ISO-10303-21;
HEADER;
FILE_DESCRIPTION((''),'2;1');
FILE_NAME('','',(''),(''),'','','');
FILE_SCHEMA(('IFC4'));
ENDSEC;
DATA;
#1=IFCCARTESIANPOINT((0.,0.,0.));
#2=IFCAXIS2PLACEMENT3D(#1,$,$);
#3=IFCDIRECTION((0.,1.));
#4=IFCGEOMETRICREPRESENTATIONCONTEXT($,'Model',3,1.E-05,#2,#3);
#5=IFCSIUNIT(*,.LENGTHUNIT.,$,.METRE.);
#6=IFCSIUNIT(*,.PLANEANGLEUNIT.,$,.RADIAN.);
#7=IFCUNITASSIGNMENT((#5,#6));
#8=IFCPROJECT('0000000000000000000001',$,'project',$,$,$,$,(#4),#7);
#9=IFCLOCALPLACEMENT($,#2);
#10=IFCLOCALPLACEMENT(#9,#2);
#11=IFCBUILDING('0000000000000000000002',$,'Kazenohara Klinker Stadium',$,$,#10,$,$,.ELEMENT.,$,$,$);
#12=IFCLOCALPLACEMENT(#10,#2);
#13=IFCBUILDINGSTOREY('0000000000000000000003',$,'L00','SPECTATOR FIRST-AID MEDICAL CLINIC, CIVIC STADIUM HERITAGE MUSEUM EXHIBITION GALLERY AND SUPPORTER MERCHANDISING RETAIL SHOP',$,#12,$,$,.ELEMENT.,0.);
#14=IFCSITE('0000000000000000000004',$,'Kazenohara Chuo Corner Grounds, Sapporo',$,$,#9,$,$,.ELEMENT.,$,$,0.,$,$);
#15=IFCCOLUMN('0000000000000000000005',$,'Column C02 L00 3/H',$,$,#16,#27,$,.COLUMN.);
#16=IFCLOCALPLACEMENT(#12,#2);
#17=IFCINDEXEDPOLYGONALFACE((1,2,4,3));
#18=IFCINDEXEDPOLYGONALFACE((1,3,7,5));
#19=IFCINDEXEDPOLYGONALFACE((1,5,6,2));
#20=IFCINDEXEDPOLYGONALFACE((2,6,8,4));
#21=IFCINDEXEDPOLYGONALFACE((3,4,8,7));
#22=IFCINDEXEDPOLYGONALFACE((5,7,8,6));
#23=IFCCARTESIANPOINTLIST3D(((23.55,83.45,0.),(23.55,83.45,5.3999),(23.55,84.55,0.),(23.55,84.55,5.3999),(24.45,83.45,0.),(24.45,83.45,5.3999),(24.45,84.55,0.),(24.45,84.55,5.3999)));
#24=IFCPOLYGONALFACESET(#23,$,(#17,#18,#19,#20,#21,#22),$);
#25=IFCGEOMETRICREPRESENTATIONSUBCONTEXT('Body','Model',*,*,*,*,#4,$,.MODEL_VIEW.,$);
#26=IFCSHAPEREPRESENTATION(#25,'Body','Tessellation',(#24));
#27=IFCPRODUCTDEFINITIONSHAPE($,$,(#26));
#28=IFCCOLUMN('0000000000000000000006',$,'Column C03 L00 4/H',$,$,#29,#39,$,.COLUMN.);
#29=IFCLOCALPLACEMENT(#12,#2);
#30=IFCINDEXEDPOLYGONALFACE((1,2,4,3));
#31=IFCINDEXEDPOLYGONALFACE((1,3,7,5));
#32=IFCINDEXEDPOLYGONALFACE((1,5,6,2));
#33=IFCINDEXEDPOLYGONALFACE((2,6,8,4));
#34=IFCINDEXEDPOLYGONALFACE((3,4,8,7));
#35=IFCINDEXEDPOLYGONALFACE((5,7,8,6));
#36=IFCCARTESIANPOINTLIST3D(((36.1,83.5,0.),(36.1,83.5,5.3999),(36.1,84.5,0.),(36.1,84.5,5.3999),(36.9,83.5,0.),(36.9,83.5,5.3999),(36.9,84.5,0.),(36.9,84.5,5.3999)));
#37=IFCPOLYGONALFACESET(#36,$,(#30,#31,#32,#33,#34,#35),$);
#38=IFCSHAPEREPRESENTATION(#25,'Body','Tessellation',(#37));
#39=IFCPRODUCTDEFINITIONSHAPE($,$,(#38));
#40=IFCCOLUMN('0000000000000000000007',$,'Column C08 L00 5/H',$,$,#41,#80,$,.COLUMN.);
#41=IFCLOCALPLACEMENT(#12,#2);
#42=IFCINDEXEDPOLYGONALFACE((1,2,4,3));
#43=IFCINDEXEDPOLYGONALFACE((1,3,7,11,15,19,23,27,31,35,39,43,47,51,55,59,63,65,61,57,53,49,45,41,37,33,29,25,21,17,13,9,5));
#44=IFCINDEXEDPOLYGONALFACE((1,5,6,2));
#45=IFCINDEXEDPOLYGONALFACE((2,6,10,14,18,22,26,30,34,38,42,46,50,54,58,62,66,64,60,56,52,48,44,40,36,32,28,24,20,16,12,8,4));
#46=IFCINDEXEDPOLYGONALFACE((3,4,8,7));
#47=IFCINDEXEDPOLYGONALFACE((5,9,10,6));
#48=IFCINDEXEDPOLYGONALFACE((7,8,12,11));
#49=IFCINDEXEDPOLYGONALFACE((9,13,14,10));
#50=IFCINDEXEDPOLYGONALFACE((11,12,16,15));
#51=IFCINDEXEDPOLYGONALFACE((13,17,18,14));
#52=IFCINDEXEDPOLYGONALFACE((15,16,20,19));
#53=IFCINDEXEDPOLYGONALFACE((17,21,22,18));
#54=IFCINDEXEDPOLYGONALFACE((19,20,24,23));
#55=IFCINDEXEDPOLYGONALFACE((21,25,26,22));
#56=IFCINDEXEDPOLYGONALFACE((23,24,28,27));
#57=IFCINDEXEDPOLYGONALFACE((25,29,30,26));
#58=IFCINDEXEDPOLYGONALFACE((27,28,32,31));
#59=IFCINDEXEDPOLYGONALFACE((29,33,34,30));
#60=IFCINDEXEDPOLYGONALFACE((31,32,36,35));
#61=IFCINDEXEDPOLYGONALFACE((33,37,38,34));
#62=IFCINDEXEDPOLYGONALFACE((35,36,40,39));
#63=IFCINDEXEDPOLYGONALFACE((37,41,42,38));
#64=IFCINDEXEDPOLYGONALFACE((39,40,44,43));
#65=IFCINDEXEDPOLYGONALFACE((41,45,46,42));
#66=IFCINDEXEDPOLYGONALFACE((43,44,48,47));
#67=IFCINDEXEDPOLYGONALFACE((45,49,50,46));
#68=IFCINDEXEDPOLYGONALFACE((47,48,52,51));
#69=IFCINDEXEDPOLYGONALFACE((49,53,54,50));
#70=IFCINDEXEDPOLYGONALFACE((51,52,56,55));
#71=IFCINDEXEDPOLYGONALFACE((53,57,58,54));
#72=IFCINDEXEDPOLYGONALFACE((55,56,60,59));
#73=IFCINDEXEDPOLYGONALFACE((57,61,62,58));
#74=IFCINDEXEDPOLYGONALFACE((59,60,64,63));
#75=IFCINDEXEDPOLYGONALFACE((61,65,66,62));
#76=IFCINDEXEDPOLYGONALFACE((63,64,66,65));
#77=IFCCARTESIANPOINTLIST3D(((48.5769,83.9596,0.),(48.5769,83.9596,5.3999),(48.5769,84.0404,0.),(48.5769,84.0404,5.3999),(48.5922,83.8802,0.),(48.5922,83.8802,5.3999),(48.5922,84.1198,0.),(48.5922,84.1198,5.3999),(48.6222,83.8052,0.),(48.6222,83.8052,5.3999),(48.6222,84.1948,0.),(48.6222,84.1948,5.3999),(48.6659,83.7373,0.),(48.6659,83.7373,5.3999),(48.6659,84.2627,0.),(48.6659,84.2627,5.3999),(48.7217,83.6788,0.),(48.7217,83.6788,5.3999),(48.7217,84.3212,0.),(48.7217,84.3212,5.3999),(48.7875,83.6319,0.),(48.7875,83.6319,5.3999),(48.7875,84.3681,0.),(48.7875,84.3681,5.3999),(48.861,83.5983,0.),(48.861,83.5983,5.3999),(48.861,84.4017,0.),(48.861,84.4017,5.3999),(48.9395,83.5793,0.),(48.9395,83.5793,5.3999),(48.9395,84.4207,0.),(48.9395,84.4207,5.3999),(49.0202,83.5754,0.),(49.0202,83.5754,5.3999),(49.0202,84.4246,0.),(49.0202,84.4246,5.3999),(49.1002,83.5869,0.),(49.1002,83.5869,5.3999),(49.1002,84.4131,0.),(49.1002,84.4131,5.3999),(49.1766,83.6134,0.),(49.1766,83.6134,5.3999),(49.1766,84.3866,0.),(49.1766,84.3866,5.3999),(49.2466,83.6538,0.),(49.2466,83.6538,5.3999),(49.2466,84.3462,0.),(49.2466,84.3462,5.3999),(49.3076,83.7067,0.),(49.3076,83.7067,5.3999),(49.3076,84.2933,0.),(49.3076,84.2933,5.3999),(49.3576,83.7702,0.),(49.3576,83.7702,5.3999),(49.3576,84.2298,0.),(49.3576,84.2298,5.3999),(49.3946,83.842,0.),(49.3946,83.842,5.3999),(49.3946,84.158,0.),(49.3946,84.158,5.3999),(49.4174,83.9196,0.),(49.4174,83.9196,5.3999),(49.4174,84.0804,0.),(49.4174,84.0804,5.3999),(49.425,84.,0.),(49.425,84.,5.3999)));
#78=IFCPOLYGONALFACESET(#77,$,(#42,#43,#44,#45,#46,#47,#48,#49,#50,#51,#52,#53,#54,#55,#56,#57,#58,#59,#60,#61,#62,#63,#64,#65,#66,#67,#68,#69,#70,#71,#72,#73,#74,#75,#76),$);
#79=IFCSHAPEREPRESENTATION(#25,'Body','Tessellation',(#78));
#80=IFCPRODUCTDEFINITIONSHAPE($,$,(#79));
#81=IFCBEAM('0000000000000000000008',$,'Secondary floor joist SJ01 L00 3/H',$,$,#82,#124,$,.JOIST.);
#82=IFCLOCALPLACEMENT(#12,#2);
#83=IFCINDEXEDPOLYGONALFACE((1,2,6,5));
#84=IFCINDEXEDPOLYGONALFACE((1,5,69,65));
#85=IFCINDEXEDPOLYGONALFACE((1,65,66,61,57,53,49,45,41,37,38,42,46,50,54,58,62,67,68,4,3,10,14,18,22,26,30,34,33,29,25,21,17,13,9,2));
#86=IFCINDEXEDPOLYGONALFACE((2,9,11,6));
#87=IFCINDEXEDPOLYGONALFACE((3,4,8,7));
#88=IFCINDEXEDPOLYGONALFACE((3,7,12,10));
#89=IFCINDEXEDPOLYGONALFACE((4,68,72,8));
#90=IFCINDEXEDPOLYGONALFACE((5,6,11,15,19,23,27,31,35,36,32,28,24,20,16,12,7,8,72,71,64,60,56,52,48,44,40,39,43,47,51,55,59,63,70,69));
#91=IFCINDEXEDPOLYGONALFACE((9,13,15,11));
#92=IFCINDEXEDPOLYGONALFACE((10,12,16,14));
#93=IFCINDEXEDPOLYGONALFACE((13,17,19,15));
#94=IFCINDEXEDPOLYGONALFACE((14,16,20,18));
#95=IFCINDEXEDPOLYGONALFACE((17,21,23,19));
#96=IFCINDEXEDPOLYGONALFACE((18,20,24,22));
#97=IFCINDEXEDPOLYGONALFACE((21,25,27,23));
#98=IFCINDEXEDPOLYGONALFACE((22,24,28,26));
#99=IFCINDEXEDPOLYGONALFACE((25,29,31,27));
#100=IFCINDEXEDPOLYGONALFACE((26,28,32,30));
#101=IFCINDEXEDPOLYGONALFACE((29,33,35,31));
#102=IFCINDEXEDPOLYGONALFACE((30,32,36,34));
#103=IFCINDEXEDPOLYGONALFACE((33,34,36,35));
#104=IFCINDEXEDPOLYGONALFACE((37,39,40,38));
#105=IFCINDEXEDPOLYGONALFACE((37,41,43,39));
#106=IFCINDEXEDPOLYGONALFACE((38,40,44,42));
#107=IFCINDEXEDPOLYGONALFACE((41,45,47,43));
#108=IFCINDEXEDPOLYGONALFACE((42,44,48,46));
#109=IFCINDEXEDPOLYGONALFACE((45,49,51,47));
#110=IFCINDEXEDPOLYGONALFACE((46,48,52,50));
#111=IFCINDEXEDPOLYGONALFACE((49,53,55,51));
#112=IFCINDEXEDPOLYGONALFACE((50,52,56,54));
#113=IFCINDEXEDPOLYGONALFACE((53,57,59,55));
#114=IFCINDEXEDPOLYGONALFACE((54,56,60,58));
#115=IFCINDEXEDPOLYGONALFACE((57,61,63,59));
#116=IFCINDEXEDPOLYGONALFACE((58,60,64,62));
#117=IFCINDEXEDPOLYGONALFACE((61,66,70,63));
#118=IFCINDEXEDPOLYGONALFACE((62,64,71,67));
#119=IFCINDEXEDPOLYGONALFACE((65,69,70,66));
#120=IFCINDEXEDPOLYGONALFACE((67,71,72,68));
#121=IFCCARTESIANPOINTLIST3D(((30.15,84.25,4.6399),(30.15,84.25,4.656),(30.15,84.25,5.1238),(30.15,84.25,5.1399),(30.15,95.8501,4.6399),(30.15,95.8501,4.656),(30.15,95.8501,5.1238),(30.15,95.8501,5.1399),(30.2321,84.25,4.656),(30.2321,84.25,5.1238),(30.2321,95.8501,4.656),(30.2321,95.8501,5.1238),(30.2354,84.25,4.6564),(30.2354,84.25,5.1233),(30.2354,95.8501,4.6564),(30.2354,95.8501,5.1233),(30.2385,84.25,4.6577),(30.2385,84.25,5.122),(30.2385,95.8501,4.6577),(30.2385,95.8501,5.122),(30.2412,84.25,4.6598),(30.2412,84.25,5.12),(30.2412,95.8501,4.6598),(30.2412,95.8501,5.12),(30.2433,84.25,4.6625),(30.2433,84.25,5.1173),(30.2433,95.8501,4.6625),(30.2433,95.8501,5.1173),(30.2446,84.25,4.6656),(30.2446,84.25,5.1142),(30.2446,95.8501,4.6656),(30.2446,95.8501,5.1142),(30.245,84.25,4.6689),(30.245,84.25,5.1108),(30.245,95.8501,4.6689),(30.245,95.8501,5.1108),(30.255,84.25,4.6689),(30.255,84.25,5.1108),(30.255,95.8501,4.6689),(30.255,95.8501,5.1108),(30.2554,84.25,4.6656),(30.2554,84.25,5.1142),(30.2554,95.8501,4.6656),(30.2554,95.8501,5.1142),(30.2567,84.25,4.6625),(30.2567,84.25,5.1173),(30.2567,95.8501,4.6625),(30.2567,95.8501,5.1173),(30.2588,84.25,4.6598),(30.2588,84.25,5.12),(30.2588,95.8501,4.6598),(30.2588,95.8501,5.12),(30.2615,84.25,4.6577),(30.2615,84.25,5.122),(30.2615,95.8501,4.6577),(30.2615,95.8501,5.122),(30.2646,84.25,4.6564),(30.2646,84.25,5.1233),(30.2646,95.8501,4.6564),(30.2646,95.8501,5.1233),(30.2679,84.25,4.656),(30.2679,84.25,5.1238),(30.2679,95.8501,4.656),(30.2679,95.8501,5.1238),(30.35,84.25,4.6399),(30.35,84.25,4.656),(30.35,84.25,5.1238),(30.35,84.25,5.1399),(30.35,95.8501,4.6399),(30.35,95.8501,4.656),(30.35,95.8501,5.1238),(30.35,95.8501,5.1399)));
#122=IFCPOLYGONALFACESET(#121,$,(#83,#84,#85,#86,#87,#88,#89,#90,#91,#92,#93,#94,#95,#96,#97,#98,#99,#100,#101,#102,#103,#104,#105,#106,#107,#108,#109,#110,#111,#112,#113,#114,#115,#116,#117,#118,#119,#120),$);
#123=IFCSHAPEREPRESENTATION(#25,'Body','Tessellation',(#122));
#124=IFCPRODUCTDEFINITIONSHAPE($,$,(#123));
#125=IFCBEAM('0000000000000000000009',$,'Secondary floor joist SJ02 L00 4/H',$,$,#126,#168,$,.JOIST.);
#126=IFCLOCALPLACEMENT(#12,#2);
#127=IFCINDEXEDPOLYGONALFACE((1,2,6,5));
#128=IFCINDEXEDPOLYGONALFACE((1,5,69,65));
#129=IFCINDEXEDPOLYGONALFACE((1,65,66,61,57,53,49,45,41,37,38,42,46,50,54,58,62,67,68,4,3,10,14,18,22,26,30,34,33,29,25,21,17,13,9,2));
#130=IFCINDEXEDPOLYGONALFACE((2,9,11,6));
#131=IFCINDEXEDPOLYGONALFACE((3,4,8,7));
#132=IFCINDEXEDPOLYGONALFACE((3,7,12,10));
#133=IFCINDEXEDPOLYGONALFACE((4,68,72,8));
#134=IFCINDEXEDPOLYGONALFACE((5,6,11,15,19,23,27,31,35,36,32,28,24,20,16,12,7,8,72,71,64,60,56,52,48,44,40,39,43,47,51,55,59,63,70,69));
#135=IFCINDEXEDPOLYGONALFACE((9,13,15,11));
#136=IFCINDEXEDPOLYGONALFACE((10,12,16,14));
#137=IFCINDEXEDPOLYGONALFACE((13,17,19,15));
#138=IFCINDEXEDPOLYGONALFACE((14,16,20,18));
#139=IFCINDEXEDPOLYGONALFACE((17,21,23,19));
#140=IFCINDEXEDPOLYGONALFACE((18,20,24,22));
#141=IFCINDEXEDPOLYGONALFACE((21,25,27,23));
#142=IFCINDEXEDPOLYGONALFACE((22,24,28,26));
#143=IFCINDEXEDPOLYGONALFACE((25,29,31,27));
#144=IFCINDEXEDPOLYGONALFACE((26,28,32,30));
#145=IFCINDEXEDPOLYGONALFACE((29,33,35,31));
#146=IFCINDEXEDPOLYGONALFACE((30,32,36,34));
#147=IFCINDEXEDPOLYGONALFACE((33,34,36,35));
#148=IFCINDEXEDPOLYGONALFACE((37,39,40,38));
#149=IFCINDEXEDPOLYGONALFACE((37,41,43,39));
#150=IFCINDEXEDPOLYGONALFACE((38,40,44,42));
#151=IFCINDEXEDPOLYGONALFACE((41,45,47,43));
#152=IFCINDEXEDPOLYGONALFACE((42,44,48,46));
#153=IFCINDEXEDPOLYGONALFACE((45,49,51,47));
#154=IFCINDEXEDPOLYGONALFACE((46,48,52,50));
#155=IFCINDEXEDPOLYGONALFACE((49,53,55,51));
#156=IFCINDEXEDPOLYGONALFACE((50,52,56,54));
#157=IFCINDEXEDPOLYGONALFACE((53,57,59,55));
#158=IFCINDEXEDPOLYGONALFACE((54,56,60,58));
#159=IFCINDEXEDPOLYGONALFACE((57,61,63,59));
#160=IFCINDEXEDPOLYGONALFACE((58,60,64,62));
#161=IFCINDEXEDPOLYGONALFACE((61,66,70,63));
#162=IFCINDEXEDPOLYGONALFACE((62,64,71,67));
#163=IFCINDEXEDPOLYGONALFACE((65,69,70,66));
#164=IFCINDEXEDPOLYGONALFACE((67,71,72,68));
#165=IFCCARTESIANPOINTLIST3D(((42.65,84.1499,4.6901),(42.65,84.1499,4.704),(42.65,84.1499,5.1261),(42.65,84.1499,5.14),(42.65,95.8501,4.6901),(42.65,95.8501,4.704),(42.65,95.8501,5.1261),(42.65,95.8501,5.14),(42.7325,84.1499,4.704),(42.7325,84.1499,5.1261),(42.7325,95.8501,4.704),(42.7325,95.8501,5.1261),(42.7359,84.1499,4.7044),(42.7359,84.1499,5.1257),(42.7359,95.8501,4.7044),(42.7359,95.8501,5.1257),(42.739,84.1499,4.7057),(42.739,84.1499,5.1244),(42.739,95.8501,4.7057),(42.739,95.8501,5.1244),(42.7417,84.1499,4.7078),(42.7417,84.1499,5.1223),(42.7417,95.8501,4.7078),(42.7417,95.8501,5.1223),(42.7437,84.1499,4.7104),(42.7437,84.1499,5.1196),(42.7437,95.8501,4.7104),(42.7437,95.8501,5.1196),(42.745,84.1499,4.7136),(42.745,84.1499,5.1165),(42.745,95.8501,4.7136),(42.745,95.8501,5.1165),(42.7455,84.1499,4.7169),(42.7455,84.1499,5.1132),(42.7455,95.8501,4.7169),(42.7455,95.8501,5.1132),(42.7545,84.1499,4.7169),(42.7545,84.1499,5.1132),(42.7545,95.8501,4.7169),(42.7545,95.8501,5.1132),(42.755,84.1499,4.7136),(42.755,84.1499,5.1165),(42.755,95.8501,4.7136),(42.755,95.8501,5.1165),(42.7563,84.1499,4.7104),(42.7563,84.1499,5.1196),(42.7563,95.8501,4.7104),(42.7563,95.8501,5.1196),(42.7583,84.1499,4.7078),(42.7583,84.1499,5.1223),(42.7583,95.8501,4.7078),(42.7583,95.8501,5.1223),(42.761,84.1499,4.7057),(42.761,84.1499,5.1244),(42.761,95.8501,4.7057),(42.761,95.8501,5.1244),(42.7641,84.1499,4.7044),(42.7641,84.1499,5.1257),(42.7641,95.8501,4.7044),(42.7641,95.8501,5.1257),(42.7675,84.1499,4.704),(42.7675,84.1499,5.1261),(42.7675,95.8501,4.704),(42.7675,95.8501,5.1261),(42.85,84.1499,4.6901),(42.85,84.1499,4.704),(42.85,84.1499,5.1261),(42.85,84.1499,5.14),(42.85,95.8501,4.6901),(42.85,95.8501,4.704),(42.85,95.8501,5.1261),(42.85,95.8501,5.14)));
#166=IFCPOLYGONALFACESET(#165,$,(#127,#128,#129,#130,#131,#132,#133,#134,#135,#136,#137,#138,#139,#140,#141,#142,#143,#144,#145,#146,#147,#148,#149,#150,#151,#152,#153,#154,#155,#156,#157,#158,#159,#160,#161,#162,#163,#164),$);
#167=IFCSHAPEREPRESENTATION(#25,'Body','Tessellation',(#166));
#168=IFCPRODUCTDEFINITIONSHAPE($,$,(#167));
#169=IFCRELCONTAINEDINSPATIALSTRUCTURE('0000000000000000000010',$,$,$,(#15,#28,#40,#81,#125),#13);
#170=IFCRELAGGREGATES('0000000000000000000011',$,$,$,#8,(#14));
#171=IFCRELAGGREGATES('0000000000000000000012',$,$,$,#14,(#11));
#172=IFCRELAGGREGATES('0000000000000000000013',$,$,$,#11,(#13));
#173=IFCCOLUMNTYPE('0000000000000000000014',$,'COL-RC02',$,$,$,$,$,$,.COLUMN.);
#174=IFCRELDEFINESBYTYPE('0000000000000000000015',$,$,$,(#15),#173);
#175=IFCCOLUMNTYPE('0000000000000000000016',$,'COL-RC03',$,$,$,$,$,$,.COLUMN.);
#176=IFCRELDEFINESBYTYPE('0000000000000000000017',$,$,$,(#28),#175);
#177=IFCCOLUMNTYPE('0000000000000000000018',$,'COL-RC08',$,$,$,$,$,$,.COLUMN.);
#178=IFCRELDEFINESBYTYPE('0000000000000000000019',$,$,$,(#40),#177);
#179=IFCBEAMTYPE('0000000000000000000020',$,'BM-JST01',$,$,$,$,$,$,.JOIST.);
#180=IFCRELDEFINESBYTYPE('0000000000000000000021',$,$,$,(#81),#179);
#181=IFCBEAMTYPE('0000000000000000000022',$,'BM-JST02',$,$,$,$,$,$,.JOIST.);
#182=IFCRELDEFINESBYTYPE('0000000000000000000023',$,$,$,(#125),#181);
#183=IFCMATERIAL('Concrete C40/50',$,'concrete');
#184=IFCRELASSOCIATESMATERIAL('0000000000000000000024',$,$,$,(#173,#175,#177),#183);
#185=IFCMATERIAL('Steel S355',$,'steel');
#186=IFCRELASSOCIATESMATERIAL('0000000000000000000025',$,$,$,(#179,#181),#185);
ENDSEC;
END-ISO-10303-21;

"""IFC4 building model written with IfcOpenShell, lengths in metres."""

from ifc_helpers import new_model, si_unit, direction, frame, origin, origin_2d, place, context, subcontext, project, spatial, rectangle, circle, i_section, extrude, material, material_profile, profile_set, type_object, element, save


model = new_model("IFC4")

# Units and contexts
model_context = context("Model", 3, precision=1e-05, world=origin(), true_north=direction((0.0, 1.0)))
body_context = subcontext(model_context, "Body", "Model", "MODEL_VIEW")
ifc_project = project(units=[si_unit("LENGTHUNIT", "METRE"), si_unit("PLANEANGLEUNIT", "RADIAN")], contexts=[model_context])

# Site, building, storey
site_placement = place(None, origin())
site = spatial("IfcSite", under=ifc_project, at=site_placement, Name="Kazenohara Chuo Corner Grounds, Sapporo", CompositionType="ELEMENT", RefElevation=0.0)
building_placement = place(site_placement, origin())
building = spatial("IfcBuilding", under=site, at=building_placement, Name="Kazenohara Klinker Stadium", CompositionType="ELEMENT")
storey_placement = place(building_placement, origin())
storey = spatial("IfcBuildingStorey", under=building, at=storey_placement, Name="L00", Description="SPECTATOR FIRST-AID MEDICAL CLINIC, CIVIC STADIUM HERITAGE MUSEUM EXHIBITION GALLERY AND SUPPORTER MERCHANDISING RETAIL SHOP", CompositionType="ELEMENT", Elevation=0.0)

# Columns
ifc_material_1 = material(Name="Concrete C40/50", Category="concrete")
ifc_material_profile_1 = material_profile(ifc_material_1, rectangle(XDim=0.8999, YDim=1.1001, at=origin_2d()), Name="RC-COL-1100x900")
ifc_profile_set_1 = profile_set([ifc_material_profile_1], Name="Concrete C40/50")
column_type_1 = type_object("IfcColumnType", Name="COL-RC02", PredefinedType="COLUMN", material=ifc_profile_set_1)
column_1_placement = place(storey_placement, frame((24.0, 84.0, 0.0), z_axis=(0.0, 0.0, 1.0), x_axis=(1.0, 0.0, 0.0)))
element("IfcColumn", 1, at=column_1_placement, inside=storey, type_object=column_type_1, Name="Column C02 L00 3/H", PredefinedType="COLUMN", context=body_context, shape_type="SweptSolid", body=[
    extrude(rectangle(XDim=0.8999, YDim=1.1001, at=origin_2d()), origin(), (0.0, 0.0, 1.0), 5.3999),
])
ifc_material_profile_2 = material_profile(ifc_material_1, rectangle(XDim=0.8, YDim=1.0, at=origin_2d()), Name="RC-COL-1000x800")
ifc_profile_set_2 = profile_set([ifc_material_profile_2], Name="Concrete C40/50")
column_type_2 = type_object("IfcColumnType", Name="COL-RC03", PredefinedType="COLUMN", material=ifc_profile_set_2)
column_2_placement = place(storey_placement, frame((36.5, 84.0, 0.0), z_axis=(0.0, 0.0, 1.0), x_axis=(1.0, 0.0, 0.0)))
element("IfcColumn", 2, at=column_2_placement, inside=storey, type_object=column_type_2, Name="Column C03 L00 4/H", PredefinedType="COLUMN", context=body_context, shape_type="SweptSolid", body=[
    extrude(rectangle(XDim=0.8, YDim=1.0, at=origin_2d()), origin(), (0.0, 0.0, 1.0), 5.3999),
])
ifc_material_profile_3 = material_profile(ifc_material_1, circle(Radius=0.425, at=origin_2d()), Name="RC-COL-D850")
ifc_profile_set_3 = profile_set([ifc_material_profile_3], Name="Concrete C40/50")
column_type_3 = type_object("IfcColumnType", Name="COL-RC08", PredefinedType="COLUMN", material=ifc_profile_set_3)
column_3_placement = place(storey_placement, frame((49.0, 84.0, 0.0), z_axis=(0.0, 0.0, 1.0), x_axis=(1.0, 0.0, 0.0)))
element("IfcColumn", 3, at=column_3_placement, inside=storey, type_object=column_type_3, Name="Column C08 L00 5/H", PredefinedType="COLUMN", context=body_context, shape_type="SweptSolid", body=[
    extrude(circle(Radius=0.425, at=origin_2d()), origin(), (0.0, 0.0, 1.0), 5.3999),
])

# Beams
ifc_material_2 = material(Name="Steel S355", Category="steel")
ifc_material_profile_4 = material_profile(ifc_material_2, i_section(OverallWidth=0.2, OverallDepth=0.5, WebThickness=0.01, FlangeThickness=0.0161, FilletRadius=0.0129, at=origin_2d()), Name="H-500x200x10x16")
ifc_profile_set_4 = profile_set([ifc_material_profile_4], Name="Steel S355")
beam_type_1 = type_object("IfcBeamType", Name="BM-JST01", PredefinedType="JOIST", material=ifc_profile_set_4)
beam_1_placement = place(storey_placement, frame((30.25, 84.25, 4.8899), z_axis=(0.0, 1.0, 0.0), x_axis=(-1.0, 0.0, 0.0)))
element("IfcBeam", 4, at=beam_1_placement, inside=storey, type_object=beam_type_1, Name="Secondary floor joist SJ01 L00 3/H", PredefinedType="JOIST", context=body_context, shape_type="SweptSolid", body=[
    extrude(i_section(OverallWidth=0.2, OverallDepth=0.5, WebThickness=0.01, FlangeThickness=0.0161, FilletRadius=0.0129, at=origin_2d()), origin(), (0.0, 0.0, 1.0), 11.6001),
])
ifc_material_profile_5 = material_profile(ifc_material_2, i_section(OverallWidth=0.2, OverallDepth=0.45, WebThickness=0.009, FlangeThickness=0.0139, FilletRadius=0.0129, at=origin_2d()), Name="H-450x200x9x14")
ifc_profile_set_5 = profile_set([ifc_material_profile_5], Name="Steel S355")
beam_type_2 = type_object("IfcBeamType", Name="BM-JST02", PredefinedType="JOIST", material=ifc_profile_set_5)
beam_2_placement = place(storey_placement, frame((42.75, 84.1499, 4.915), z_axis=(0.0, 1.0, 0.0), x_axis=(-1.0, 0.0, 0.0)))
element("IfcBeam", 5, at=beam_2_placement, inside=storey, type_object=beam_type_2, Name="Secondary floor joist SJ02 L00 4/H", PredefinedType="JOIST", context=body_context, shape_type="SweptSolid", body=[
    extrude(i_section(OverallWidth=0.2, OverallDepth=0.45, WebThickness=0.009, FlangeThickness=0.0139, FilletRadius=0.0129, at=origin_2d()), origin(), (0.0, 0.0, 1.0), 11.7002),
])

save(model, "model.ifc")
